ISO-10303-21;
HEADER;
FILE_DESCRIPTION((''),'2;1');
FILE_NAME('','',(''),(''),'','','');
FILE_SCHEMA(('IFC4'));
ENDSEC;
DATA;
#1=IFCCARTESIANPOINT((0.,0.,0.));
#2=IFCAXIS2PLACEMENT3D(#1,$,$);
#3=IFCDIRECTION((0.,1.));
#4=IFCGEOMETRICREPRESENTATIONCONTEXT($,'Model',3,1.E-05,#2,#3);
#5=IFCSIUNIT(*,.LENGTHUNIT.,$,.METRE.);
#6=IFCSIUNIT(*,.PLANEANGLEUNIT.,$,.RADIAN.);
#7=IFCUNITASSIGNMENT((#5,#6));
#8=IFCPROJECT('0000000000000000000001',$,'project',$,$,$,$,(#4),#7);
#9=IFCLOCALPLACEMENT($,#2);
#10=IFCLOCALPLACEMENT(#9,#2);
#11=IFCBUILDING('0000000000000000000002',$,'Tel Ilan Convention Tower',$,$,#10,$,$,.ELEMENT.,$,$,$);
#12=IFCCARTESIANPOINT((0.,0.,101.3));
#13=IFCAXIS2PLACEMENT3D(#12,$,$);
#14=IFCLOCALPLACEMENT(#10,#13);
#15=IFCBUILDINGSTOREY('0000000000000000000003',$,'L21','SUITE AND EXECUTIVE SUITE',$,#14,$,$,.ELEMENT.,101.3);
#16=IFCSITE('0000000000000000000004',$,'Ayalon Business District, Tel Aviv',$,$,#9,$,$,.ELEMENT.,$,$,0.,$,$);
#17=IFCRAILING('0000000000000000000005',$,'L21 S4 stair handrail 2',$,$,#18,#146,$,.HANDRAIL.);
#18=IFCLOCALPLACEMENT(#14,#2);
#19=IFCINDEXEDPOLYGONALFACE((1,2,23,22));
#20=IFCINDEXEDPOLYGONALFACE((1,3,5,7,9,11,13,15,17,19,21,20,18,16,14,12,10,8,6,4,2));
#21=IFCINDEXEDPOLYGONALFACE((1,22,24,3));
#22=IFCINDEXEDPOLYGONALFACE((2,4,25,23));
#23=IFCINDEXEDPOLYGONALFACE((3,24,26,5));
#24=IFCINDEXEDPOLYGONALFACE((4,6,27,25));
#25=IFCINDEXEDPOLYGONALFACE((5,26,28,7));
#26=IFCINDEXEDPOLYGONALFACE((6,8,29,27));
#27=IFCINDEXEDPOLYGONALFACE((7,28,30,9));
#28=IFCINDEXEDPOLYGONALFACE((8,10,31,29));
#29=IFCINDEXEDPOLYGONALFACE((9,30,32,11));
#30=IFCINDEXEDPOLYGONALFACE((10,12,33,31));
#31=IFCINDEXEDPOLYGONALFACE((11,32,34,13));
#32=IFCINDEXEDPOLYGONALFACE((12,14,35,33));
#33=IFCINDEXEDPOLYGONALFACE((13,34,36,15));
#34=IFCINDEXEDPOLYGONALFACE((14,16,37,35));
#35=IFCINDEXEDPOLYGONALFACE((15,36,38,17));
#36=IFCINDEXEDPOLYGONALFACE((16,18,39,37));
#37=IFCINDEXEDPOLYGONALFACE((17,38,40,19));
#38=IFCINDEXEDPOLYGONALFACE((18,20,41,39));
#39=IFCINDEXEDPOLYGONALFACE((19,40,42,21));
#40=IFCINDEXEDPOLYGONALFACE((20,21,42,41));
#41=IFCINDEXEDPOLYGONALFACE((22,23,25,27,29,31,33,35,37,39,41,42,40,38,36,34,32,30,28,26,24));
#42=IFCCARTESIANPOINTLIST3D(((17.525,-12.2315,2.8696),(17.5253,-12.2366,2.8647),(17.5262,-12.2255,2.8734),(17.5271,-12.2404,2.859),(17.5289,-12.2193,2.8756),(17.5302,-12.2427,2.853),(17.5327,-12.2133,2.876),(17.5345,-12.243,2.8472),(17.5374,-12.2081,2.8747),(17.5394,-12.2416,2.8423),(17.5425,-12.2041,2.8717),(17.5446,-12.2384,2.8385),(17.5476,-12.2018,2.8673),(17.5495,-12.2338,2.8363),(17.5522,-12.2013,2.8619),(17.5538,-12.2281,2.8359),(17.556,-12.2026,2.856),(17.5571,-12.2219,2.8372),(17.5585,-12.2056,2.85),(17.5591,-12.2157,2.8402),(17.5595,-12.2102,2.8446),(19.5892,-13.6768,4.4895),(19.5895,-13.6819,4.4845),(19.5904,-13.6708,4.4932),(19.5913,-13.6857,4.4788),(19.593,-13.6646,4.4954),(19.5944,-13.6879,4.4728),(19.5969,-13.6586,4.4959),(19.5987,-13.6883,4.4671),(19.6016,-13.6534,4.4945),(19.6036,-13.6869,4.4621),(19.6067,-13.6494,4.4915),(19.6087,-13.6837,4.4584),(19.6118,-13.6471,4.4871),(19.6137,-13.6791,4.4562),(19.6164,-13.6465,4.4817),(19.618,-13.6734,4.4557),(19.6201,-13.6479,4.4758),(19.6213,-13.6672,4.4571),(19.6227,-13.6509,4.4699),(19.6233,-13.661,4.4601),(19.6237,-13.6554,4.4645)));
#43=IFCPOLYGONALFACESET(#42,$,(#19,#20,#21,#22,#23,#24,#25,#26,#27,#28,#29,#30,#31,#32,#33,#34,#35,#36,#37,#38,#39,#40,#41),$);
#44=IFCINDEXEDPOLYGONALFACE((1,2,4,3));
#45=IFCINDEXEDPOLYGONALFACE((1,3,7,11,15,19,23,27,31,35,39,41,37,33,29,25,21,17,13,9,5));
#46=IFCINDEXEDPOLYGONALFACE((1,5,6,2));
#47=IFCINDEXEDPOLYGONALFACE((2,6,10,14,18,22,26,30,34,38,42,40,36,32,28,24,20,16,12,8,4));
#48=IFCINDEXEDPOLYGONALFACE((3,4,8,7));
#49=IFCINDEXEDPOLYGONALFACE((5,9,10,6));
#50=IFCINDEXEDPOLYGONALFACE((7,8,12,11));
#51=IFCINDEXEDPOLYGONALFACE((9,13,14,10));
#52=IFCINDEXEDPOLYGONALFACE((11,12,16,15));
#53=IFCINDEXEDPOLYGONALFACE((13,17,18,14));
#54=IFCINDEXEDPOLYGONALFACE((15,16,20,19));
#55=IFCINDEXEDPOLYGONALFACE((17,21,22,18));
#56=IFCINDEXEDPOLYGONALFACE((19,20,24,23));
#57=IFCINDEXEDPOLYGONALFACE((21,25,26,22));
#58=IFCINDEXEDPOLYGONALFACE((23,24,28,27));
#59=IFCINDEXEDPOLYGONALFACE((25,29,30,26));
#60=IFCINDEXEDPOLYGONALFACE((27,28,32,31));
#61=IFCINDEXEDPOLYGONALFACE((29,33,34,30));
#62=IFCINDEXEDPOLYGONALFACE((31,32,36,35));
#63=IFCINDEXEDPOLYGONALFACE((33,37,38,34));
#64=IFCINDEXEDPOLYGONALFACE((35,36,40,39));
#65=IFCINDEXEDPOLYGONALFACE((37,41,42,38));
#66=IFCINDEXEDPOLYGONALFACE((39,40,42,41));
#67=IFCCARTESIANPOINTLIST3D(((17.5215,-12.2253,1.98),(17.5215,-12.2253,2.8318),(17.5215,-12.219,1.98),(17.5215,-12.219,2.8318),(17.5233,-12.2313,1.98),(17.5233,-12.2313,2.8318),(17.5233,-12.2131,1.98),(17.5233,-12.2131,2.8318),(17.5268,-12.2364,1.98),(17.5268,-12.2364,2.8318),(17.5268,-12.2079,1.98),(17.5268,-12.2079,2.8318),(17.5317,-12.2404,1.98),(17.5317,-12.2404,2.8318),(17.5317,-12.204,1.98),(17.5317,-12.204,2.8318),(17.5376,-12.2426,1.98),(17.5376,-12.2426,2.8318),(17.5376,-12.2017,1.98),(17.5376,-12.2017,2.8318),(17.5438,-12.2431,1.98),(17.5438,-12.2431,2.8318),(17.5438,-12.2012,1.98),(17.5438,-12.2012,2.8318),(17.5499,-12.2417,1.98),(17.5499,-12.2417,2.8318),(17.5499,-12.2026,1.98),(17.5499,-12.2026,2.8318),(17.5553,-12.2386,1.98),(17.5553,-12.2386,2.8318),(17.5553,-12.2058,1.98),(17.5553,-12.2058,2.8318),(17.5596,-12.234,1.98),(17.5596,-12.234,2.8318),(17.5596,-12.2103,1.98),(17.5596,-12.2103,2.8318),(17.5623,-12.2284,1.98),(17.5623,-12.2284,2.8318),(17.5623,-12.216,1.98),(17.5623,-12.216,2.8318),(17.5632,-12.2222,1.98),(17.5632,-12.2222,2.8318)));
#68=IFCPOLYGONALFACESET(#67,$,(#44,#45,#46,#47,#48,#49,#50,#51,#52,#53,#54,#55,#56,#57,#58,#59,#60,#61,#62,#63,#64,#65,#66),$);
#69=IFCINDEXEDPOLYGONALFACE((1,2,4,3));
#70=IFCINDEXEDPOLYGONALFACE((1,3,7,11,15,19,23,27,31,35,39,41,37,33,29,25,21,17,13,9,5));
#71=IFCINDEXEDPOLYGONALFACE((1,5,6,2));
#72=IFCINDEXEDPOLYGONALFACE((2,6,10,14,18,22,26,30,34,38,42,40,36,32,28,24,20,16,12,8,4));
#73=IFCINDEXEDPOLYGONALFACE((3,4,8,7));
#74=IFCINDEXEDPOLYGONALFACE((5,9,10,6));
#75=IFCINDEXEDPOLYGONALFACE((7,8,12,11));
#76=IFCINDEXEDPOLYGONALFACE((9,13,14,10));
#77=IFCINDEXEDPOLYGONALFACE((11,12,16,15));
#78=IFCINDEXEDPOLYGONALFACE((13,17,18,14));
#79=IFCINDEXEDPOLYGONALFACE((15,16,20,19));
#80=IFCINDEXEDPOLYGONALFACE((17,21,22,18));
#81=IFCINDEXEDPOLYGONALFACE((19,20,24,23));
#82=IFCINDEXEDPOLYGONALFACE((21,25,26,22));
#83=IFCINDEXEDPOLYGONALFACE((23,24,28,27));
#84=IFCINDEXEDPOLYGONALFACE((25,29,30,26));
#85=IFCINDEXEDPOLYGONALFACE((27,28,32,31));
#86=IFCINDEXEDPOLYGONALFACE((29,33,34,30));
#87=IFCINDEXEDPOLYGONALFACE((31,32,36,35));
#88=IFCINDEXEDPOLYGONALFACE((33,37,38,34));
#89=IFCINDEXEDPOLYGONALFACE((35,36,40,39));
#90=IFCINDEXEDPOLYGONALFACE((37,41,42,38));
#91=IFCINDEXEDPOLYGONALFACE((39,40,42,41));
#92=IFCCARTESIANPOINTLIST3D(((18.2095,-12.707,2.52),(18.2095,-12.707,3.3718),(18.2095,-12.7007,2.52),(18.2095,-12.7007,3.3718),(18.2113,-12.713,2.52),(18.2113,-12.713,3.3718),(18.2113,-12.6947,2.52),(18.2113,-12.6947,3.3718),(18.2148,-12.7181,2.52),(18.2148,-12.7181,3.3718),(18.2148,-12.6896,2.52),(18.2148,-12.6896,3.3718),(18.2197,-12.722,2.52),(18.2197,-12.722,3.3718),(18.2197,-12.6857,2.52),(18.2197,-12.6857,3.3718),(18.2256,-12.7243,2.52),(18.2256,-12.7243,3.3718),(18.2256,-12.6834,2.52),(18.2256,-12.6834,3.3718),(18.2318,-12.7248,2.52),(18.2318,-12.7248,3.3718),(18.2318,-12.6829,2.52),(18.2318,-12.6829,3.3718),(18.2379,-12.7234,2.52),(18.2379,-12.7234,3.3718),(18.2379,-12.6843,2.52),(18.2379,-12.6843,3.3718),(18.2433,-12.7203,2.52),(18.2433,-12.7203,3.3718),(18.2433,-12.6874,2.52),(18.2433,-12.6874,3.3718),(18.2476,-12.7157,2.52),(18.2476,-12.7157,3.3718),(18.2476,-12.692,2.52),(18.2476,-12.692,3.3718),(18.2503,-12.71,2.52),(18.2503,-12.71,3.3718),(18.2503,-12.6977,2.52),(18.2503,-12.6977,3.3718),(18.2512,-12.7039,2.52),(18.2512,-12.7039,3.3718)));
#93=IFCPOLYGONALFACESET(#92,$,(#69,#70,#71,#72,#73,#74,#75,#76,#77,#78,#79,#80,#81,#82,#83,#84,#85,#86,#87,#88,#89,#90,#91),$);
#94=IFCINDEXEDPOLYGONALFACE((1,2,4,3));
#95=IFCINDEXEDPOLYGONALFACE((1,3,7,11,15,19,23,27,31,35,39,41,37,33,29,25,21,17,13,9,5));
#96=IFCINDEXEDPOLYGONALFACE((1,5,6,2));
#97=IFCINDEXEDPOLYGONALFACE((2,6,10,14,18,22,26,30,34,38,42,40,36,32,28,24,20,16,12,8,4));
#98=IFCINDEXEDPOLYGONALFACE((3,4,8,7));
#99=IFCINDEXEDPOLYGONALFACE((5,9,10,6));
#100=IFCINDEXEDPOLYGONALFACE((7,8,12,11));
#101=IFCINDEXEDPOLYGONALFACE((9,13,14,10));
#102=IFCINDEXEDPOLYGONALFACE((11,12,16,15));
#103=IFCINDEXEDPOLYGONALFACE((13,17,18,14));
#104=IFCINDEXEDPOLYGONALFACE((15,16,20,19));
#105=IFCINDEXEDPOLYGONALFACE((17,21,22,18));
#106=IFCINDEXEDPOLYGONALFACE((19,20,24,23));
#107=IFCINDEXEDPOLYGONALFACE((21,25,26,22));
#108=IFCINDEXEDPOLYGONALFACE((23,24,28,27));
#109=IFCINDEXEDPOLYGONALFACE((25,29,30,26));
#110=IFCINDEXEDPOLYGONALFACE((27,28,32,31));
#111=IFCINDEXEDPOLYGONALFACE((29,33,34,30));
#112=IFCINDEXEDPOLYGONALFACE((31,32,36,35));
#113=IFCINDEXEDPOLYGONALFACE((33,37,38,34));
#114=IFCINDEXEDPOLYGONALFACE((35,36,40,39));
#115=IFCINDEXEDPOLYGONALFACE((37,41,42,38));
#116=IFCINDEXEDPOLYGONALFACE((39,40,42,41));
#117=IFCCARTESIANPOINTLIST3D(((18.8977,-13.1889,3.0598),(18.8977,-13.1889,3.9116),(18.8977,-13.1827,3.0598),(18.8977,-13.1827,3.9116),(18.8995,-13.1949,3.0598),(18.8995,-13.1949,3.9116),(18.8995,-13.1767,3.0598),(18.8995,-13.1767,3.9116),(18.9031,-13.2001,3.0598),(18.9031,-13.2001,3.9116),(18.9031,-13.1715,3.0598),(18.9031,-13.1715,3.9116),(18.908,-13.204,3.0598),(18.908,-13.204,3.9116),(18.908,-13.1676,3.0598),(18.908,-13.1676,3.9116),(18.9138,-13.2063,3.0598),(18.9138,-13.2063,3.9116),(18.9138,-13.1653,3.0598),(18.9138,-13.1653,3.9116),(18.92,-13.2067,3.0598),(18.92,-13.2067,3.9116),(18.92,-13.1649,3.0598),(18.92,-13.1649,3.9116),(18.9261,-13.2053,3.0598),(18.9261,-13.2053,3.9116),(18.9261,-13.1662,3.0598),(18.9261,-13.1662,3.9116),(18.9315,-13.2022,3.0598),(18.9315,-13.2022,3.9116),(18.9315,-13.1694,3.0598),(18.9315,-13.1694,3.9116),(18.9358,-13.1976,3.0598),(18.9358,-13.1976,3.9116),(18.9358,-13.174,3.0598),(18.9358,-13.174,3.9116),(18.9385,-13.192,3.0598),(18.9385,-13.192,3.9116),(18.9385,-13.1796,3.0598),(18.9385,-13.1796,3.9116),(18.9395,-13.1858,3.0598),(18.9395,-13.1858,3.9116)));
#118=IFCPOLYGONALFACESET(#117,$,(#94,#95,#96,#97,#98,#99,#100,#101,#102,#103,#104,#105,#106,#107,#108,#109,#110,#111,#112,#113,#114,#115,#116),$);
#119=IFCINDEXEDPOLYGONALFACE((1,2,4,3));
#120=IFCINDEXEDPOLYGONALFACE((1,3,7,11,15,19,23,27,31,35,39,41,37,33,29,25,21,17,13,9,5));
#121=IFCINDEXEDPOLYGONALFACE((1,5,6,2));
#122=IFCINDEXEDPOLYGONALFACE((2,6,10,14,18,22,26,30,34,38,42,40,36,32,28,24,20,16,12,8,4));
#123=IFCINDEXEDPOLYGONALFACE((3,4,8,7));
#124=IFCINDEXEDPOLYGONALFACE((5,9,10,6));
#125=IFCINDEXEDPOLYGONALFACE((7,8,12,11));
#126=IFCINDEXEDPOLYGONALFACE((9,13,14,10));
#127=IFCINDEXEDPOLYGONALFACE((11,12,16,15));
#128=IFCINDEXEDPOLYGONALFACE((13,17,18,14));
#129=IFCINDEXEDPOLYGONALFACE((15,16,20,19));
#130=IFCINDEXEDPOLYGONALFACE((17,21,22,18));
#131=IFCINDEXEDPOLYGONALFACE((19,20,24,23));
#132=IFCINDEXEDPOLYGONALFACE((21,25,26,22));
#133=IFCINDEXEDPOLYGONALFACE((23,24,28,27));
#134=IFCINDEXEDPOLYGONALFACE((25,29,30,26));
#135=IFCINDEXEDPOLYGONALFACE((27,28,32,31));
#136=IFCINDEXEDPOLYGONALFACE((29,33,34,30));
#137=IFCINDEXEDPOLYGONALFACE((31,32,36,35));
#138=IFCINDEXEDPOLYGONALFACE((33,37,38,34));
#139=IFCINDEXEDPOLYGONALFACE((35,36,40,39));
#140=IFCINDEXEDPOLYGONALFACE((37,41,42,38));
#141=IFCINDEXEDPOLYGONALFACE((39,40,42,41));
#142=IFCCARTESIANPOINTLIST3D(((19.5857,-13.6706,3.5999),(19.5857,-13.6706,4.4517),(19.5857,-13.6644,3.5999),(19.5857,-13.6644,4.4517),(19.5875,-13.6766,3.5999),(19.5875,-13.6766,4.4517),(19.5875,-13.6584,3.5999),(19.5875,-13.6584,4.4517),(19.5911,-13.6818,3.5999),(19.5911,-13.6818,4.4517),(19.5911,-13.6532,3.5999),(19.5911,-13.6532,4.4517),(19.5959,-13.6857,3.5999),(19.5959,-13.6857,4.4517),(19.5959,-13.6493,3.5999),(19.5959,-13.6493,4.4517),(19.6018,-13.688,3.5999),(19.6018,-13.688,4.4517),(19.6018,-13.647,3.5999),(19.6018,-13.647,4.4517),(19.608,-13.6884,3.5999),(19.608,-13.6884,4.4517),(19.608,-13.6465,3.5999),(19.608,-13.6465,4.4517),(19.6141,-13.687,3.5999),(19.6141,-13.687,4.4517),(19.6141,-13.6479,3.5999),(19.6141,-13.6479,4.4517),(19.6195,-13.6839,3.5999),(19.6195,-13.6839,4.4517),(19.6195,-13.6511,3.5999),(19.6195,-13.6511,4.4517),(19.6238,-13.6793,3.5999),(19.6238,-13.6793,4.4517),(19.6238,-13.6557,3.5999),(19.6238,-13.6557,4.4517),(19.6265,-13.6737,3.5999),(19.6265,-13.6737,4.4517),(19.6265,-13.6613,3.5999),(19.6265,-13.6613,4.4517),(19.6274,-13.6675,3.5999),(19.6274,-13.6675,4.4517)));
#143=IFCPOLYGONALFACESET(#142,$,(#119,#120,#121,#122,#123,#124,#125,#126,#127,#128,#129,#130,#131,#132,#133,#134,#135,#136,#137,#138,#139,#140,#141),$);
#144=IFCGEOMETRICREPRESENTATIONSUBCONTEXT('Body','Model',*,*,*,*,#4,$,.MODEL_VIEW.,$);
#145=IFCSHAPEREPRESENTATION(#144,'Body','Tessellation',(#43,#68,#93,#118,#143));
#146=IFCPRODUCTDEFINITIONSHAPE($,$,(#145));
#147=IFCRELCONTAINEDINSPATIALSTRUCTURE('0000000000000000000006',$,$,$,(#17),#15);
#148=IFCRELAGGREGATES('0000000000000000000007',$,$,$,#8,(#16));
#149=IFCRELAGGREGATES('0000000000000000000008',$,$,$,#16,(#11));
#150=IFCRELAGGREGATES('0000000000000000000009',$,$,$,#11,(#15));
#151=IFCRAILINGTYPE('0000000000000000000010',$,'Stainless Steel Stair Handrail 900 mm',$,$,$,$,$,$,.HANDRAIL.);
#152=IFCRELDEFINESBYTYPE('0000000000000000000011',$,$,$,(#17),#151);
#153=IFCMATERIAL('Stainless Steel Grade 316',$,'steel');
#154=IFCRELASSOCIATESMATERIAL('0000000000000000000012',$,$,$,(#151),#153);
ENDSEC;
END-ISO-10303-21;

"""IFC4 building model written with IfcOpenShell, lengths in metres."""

from ifc_helpers import new_model, si_unit, direction, frame, origin, origin_2d, place, context, subcontext, project, spatial, circle, extrude, material, type_object, element, save


model = new_model("IFC4")

# Units and contexts
model_context = context("Model", 3, precision=1e-05, world=origin(), true_north=direction((0.0, 1.0)))
body_context = subcontext(model_context, "Body", "Model", "MODEL_VIEW")
ifc_project = project(units=[si_unit("LENGTHUNIT", "METRE"), si_unit("PLANEANGLEUNIT", "RADIAN")], contexts=[model_context])

# Site, building, storey
site_placement = place(None, origin())
site = spatial("IfcSite", under=ifc_project, at=site_placement, Name="Ayalon Business District, Tel Aviv", CompositionType="ELEMENT", RefElevation=0.0)
building_placement = place(site_placement, origin())
building = spatial("IfcBuilding", under=site, at=building_placement, Name="Tel Ilan Convention Tower", CompositionType="ELEMENT")
storey_placement = place(building_placement, frame((0.0, 0.0, 101.3)))
storey = spatial("IfcBuildingStorey", under=building, at=storey_placement, Name="L21", Description="SUITE AND EXECUTIVE SUITE", CompositionType="ELEMENT", Elevation=101.3)

# Railing
ifc_material_1 = material(Name="Stainless Steel Grade 316", Category="steel")
railing_type_1 = type_object("IfcRailingType", Name="Stainless Steel Stair Handrail 900 mm", PredefinedType="HANDRAIL", material=ifc_material_1)
railing_1_placement = place(storey_placement, frame((17.5422, -12.2222, 1.98)))
element("IfcRailing", 1, at=railing_1_placement, inside=storey, type_object=railing_type_1, Name="L21 S4 stair handrail 2", PredefinedType="HANDRAIL", context=body_context, shape_type="SweptSolid", body=[
    extrude(circle(Radius=0.0239, at=origin_2d()), frame((0.0, 0.0, 0.876), z_axis=(0.68907, -0.482472, 0.540743), x_axis=(0.57356, 0.819164, 0.0)), (0.0, 0.0, 1.0), 2.9956),
    extrude(circle(Radius=0.021, at=origin_2d()), origin(), (0.0, 0.0, 1.0), 0.8518),
    extrude(circle(Radius=0.021, at=origin_2d()), frame((0.688, -0.4817, 0.54)), (0.0, 0.0, 1.0), 0.8518),
    extrude(circle(Radius=0.021, at=origin_2d()), frame((1.3762, -0.9636, 1.0798)), (0.0, 0.0, 1.0), 0.8518),
    extrude(circle(Radius=0.021, at=origin_2d()), frame((2.0642, -1.4453, 1.6199)), (0.0, 0.0, 1.0), 0.8518),
])

save(model, "model.ifc")
